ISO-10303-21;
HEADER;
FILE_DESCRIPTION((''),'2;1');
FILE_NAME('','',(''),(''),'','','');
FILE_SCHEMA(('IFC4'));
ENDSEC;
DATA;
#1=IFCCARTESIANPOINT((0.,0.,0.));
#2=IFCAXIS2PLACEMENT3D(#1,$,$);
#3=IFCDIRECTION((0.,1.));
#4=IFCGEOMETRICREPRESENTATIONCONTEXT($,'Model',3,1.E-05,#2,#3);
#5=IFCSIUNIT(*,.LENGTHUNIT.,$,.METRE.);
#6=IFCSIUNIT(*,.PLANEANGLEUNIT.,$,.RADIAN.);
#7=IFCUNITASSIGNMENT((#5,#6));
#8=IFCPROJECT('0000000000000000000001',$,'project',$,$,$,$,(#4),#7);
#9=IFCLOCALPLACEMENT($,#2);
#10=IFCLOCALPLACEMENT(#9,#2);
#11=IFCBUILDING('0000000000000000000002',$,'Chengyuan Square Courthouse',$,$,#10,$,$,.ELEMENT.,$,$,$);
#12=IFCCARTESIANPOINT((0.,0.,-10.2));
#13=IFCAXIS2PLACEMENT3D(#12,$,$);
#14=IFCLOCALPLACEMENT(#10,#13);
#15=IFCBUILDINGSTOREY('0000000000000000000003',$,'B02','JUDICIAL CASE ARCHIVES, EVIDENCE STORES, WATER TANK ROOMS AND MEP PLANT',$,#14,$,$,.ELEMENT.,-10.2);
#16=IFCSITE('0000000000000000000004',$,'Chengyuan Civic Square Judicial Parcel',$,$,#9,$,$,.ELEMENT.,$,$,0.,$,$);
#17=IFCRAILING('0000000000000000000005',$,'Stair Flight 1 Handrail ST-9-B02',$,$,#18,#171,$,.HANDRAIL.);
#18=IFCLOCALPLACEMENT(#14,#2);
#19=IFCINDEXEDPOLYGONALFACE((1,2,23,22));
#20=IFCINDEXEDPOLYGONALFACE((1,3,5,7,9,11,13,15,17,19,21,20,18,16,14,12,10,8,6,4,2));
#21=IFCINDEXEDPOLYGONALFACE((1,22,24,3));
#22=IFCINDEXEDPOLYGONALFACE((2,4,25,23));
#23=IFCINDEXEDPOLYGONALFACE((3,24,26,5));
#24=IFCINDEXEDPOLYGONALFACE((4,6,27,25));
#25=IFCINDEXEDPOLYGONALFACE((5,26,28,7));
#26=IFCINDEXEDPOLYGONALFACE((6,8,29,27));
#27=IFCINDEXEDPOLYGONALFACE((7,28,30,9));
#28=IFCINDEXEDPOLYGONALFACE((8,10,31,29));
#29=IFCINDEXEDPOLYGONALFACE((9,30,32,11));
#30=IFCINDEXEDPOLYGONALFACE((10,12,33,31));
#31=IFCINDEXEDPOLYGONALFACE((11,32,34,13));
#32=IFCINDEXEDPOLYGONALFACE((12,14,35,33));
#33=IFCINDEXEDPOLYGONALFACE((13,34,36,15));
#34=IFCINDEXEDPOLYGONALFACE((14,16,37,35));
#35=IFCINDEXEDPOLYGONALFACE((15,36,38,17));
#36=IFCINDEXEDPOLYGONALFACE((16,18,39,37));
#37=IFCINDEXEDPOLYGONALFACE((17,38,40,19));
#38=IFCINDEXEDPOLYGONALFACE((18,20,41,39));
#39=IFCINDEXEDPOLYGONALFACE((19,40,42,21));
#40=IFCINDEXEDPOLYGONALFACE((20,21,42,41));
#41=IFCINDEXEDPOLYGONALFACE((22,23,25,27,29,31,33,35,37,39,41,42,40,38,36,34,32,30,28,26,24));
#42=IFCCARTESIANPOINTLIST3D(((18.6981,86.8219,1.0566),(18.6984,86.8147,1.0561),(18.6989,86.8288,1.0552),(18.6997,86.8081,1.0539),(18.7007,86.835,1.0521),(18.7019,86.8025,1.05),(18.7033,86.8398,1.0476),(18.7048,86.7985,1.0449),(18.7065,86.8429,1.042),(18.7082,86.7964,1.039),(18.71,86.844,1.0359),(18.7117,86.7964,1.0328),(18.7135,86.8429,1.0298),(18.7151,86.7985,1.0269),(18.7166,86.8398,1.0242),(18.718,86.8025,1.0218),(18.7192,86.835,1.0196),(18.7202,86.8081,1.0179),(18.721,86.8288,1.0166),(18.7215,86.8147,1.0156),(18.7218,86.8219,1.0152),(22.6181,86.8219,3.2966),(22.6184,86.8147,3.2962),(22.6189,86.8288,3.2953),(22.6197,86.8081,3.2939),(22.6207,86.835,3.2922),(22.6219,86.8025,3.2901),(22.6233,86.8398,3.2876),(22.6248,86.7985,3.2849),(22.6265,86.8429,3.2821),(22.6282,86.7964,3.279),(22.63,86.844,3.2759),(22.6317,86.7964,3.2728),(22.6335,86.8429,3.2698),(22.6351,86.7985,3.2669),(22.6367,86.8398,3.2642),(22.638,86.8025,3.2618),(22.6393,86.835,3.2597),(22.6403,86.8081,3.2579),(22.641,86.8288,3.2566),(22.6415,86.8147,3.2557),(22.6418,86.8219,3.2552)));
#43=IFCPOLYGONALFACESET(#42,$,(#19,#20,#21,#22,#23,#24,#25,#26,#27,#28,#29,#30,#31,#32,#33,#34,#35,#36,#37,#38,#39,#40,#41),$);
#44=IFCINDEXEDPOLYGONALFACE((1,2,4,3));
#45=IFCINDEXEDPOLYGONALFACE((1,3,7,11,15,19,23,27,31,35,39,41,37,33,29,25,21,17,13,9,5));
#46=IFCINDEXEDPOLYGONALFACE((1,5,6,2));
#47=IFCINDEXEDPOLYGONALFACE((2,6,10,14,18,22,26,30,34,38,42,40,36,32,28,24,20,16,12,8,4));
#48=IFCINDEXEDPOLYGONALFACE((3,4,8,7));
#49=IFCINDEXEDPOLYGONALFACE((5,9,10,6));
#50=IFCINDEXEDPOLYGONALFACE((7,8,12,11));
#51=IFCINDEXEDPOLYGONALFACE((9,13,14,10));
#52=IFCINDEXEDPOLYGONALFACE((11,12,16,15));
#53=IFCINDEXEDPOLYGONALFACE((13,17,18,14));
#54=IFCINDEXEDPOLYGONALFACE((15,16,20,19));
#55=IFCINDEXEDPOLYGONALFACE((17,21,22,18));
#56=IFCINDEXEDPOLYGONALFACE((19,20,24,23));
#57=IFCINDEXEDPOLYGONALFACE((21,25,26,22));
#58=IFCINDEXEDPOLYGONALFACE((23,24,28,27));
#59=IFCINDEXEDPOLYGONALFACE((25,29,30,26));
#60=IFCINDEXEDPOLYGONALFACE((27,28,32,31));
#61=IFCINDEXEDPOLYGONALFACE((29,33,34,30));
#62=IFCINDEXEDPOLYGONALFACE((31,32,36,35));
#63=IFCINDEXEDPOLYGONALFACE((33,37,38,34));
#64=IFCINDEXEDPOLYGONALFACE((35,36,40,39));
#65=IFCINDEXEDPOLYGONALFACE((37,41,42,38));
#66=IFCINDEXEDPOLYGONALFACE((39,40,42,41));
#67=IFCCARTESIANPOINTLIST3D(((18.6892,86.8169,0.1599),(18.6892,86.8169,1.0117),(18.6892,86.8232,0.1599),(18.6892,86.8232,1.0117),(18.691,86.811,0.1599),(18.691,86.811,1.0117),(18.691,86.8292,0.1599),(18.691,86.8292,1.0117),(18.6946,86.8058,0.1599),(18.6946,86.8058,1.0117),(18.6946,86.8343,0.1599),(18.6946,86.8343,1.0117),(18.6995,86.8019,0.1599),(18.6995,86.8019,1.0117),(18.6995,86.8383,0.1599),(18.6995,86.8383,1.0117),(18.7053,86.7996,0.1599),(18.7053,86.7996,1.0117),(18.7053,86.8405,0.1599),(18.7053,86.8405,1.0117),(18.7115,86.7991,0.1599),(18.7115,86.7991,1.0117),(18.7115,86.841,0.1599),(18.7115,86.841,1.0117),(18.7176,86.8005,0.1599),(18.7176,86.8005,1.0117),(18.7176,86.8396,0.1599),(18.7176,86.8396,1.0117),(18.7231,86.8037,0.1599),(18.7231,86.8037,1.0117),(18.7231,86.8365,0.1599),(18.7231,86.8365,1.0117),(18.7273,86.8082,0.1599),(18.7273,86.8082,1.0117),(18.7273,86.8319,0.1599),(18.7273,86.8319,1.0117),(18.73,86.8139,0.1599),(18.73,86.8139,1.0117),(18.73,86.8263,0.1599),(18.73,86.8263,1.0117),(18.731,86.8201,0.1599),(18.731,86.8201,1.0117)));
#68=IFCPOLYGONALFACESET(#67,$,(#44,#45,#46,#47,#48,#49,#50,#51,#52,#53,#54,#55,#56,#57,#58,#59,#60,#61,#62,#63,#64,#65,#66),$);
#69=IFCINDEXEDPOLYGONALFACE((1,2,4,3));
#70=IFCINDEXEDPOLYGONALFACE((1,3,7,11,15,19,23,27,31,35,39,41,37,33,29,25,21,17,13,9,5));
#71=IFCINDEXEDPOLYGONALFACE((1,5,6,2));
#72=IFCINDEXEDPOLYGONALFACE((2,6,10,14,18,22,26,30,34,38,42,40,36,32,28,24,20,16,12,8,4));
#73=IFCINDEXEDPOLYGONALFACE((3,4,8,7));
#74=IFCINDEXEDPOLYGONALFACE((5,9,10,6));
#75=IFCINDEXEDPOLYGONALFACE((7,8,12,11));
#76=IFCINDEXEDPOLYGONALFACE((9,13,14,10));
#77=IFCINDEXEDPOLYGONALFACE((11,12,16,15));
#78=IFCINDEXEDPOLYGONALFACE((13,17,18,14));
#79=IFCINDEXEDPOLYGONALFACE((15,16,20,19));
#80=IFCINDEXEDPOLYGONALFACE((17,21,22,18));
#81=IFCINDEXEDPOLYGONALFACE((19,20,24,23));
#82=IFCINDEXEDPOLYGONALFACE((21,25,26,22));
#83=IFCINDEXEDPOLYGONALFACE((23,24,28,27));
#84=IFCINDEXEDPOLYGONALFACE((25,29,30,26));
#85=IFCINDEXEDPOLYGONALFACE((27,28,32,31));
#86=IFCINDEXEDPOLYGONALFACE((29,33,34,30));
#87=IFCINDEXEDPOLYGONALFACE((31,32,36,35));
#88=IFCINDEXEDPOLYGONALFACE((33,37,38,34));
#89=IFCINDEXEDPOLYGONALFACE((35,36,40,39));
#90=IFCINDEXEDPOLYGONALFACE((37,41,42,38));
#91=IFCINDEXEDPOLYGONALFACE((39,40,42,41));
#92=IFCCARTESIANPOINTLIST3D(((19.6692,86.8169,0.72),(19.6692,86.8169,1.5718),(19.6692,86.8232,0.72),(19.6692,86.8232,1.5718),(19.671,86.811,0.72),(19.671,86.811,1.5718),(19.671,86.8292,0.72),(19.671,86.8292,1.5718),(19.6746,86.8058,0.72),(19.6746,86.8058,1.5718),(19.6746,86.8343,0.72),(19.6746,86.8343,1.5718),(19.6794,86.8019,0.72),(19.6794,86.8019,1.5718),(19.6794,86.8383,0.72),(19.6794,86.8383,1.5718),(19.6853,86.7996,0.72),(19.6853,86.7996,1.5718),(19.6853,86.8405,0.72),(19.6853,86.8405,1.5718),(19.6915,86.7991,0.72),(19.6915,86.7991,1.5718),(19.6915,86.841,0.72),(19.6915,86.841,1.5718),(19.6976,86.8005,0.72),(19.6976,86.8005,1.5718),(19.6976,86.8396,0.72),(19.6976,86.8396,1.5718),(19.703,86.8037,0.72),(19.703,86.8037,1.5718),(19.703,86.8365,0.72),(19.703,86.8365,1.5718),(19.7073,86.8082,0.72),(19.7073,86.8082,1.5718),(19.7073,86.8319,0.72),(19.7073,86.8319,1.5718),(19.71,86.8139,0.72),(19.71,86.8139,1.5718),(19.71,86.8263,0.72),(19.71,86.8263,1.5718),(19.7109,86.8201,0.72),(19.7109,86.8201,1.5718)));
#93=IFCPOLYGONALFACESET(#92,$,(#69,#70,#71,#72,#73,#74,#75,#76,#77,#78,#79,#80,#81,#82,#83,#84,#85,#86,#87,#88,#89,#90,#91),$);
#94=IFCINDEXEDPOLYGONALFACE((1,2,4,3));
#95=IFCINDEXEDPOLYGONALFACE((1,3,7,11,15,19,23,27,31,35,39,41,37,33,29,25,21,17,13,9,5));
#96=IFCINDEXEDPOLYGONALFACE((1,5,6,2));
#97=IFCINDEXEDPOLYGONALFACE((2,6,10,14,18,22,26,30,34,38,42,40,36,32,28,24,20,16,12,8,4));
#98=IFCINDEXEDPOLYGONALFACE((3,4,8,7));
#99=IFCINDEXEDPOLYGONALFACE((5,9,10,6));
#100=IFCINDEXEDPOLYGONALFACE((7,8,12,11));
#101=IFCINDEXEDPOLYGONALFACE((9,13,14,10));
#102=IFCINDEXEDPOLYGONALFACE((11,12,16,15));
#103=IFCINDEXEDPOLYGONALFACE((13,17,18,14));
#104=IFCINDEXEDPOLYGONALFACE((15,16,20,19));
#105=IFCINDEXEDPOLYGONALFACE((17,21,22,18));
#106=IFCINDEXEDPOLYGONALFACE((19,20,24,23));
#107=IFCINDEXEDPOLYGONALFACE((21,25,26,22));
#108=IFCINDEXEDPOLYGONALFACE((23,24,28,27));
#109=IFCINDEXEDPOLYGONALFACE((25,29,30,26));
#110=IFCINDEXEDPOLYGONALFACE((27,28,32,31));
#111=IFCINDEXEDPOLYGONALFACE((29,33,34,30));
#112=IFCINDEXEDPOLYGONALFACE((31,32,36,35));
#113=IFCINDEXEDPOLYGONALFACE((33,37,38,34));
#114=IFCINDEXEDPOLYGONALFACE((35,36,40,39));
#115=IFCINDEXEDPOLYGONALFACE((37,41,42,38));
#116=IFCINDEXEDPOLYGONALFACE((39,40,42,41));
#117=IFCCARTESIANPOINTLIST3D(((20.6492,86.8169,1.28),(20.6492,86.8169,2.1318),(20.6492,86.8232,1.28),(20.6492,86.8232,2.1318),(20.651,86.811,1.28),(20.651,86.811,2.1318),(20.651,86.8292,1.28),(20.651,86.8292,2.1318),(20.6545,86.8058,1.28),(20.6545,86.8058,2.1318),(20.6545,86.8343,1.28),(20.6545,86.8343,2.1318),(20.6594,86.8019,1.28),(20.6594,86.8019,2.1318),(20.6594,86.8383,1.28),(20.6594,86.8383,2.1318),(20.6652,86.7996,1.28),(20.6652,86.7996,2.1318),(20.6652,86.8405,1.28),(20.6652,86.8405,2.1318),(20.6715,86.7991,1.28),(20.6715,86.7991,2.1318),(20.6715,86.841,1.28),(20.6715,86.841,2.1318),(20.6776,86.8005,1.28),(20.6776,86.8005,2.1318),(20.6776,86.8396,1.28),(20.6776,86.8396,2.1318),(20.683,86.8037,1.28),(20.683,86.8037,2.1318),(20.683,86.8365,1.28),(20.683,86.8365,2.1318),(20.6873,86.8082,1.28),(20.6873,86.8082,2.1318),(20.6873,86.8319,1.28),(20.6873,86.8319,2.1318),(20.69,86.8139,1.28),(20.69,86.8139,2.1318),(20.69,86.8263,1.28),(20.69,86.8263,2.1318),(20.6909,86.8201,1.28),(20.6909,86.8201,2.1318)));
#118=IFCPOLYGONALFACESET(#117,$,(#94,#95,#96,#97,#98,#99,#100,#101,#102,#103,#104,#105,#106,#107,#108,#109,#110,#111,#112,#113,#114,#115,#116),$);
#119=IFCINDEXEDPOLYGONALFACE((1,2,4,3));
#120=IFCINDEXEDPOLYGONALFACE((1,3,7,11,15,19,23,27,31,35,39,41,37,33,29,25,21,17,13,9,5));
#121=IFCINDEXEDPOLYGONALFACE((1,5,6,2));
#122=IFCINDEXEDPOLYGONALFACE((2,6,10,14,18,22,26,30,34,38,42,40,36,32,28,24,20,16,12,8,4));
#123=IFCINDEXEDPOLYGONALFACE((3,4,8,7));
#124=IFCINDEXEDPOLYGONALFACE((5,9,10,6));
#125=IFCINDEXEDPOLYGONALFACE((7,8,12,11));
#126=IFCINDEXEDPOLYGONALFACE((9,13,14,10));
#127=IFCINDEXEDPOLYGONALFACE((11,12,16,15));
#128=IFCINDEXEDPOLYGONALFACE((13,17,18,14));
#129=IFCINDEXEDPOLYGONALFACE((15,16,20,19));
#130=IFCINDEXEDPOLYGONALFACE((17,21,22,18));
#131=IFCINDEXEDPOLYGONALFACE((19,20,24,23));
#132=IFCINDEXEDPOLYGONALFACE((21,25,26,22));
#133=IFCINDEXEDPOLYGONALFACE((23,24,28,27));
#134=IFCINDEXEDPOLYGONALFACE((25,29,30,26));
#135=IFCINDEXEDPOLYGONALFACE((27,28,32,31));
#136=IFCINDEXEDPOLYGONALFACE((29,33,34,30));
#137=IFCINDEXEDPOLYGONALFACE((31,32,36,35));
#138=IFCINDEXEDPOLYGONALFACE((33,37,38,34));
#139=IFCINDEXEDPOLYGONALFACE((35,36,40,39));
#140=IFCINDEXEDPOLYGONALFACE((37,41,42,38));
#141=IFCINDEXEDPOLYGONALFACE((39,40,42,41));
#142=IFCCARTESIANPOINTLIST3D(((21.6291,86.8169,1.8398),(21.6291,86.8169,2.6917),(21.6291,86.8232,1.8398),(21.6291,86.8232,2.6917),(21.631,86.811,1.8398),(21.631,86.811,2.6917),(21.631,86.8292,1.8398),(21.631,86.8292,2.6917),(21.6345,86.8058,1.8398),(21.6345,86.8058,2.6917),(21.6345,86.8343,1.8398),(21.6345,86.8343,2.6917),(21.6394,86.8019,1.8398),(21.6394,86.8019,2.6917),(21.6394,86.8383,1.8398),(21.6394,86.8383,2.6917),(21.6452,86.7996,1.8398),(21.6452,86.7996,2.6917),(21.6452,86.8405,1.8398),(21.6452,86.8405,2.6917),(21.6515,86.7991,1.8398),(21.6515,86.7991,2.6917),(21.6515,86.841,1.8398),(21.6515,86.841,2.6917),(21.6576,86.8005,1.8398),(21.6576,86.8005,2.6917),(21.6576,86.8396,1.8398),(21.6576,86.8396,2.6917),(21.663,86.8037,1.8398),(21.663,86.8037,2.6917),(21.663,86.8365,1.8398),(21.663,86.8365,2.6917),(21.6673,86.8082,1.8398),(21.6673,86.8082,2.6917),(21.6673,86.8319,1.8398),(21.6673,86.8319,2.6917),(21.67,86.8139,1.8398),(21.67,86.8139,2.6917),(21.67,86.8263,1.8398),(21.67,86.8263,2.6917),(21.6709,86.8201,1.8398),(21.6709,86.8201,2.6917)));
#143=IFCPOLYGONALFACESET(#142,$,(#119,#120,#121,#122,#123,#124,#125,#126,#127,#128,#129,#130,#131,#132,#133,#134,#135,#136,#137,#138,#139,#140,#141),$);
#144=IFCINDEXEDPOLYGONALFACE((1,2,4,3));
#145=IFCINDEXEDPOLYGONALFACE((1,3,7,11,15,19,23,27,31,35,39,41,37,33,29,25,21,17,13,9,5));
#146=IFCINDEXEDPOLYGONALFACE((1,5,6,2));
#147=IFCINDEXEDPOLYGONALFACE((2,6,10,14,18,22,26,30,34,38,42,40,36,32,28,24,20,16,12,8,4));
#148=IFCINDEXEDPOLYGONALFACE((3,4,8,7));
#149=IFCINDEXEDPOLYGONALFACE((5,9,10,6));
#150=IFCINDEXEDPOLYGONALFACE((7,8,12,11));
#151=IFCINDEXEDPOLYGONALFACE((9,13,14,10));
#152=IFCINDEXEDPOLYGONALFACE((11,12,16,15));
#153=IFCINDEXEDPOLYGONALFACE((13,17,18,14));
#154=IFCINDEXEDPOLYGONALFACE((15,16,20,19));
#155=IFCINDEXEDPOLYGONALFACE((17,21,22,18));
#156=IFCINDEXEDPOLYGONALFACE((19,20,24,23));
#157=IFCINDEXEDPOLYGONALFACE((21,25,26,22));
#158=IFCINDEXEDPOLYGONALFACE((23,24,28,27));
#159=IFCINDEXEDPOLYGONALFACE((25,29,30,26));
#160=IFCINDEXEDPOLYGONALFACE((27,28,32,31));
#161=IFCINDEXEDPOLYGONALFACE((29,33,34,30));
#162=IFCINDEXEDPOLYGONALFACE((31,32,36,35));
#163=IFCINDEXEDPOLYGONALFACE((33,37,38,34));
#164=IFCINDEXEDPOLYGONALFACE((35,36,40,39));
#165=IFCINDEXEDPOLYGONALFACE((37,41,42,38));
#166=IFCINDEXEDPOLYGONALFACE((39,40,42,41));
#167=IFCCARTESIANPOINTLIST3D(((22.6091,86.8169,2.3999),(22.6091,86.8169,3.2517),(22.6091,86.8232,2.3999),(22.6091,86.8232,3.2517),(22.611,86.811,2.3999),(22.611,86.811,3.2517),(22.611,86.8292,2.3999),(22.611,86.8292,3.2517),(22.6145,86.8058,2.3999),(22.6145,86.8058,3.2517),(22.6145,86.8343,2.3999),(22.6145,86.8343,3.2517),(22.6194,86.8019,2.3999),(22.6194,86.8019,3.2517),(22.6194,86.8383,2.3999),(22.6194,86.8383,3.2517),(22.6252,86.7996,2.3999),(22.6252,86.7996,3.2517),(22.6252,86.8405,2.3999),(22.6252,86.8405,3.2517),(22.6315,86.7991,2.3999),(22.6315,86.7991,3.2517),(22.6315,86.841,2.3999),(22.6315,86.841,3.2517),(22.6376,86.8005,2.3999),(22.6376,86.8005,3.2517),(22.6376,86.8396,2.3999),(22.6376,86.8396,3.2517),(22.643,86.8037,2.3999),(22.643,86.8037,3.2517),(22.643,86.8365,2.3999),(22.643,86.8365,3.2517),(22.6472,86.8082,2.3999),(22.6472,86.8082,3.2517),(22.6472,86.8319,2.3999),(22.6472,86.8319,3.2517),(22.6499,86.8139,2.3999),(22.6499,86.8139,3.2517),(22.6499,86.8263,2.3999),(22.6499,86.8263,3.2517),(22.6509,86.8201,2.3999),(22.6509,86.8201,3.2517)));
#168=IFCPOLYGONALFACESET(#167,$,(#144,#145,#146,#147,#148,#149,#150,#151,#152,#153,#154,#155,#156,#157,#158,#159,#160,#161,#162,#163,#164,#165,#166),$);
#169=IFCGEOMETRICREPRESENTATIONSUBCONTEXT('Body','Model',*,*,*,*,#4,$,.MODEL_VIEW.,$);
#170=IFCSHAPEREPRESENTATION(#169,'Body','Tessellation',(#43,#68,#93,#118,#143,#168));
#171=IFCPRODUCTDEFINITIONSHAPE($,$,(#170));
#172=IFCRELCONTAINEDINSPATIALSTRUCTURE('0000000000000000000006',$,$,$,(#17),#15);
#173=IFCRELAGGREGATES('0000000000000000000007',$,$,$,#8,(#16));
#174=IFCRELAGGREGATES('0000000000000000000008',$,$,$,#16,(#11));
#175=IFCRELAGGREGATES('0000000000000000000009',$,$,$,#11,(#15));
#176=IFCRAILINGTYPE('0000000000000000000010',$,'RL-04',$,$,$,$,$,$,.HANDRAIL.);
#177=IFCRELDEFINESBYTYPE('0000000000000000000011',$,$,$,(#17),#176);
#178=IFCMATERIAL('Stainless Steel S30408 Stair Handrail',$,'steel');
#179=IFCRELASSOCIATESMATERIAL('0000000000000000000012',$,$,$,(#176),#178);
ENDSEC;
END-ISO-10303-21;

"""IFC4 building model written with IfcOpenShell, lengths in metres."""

from ifc_helpers import new_model, si_unit, direction, frame, origin, origin_2d, place, context, subcontext, project, spatial, circle, extrude, material, type_object, element, save


model = new_model("IFC4")

# Units and contexts
model_context = context("Model", 3, precision=1e-05, world=origin(), true_north=direction((0.0, 1.0)))
body_context = subcontext(model_context, "Body", "Model", "MODEL_VIEW")
ifc_project = project(units=[si_unit("LENGTHUNIT", "METRE"), si_unit("PLANEANGLEUNIT", "RADIAN")], contexts=[model_context])

# Site, building, storey
site_placement = place(None, origin())
site = spatial("IfcSite", under=ifc_project, at=site_placement, Name="Chengyuan Civic Square Judicial Parcel", CompositionType="ELEMENT", RefElevation=0.0)
building_placement = place(site_placement, origin())
building = spatial("IfcBuilding", under=site, at=building_placement, Name="Chengyuan Square Courthouse", CompositionType="ELEMENT")
storey_placement = place(building_placement, frame((0.0, 0.0, -10.2)))
storey = spatial("IfcBuildingStorey", under=building, at=storey_placement, Name="B02", Description="JUDICIAL CASE ARCHIVES, EVIDENCE STORES, WATER TANK ROOMS AND MEP PLANT", CompositionType="ELEMENT", Elevation=-10.2)

# Railing
ifc_material_1 = material(Name="Stainless Steel S30408 Stair Handrail", Category="steel")
railing_type_1 = type_object("IfcRailingType", Name="RL-04", PredefinedType="HANDRAIL", material=ifc_material_1)
railing_1_placement = place(storey_placement, frame((18.71, 86.8201, 0.1599)))
element("IfcRailing", 1, at=railing_1_placement, inside=storey, type_object=railing_type_1, Name="Stair Flight 1 Handrail ST-9-B02", PredefinedType="HANDRAIL", context=body_context, shape_type="SweptSolid", body=[
    extrude(circle(Radius=0.0239, at=origin_2d()), frame((0.0, 0.0, 0.876), z_axis=(0.86824, 0.0, 0.496145), x_axis=(0.0, 1.0, 0.0)), (0.0, 0.0, 1.0), 4.5149),
    extrude(circle(Radius=0.021, at=origin_2d()), origin(), (0.0, 0.0, 1.0), 0.8518),
    extrude(circle(Radius=0.021, at=origin_2d()), frame((0.98, 0.0, 0.5601)), (0.0, 0.0, 1.0), 0.8518),
    extrude(circle(Radius=0.021, at=origin_2d()), frame((1.96, 0.0, 1.1201)), (0.0, 0.0, 1.0), 0.8518),
    extrude(circle(Radius=0.021, at=origin_2d()), frame((2.9399, 0.0, 1.6799)), (0.0, 0.0, 1.0), 0.8518),
    extrude(circle(Radius=0.021, at=origin_2d()), frame((3.9199, 0.0, 2.24)), (0.0, 0.0, 1.0), 0.8518),
])

save(model, "model.ifc")
